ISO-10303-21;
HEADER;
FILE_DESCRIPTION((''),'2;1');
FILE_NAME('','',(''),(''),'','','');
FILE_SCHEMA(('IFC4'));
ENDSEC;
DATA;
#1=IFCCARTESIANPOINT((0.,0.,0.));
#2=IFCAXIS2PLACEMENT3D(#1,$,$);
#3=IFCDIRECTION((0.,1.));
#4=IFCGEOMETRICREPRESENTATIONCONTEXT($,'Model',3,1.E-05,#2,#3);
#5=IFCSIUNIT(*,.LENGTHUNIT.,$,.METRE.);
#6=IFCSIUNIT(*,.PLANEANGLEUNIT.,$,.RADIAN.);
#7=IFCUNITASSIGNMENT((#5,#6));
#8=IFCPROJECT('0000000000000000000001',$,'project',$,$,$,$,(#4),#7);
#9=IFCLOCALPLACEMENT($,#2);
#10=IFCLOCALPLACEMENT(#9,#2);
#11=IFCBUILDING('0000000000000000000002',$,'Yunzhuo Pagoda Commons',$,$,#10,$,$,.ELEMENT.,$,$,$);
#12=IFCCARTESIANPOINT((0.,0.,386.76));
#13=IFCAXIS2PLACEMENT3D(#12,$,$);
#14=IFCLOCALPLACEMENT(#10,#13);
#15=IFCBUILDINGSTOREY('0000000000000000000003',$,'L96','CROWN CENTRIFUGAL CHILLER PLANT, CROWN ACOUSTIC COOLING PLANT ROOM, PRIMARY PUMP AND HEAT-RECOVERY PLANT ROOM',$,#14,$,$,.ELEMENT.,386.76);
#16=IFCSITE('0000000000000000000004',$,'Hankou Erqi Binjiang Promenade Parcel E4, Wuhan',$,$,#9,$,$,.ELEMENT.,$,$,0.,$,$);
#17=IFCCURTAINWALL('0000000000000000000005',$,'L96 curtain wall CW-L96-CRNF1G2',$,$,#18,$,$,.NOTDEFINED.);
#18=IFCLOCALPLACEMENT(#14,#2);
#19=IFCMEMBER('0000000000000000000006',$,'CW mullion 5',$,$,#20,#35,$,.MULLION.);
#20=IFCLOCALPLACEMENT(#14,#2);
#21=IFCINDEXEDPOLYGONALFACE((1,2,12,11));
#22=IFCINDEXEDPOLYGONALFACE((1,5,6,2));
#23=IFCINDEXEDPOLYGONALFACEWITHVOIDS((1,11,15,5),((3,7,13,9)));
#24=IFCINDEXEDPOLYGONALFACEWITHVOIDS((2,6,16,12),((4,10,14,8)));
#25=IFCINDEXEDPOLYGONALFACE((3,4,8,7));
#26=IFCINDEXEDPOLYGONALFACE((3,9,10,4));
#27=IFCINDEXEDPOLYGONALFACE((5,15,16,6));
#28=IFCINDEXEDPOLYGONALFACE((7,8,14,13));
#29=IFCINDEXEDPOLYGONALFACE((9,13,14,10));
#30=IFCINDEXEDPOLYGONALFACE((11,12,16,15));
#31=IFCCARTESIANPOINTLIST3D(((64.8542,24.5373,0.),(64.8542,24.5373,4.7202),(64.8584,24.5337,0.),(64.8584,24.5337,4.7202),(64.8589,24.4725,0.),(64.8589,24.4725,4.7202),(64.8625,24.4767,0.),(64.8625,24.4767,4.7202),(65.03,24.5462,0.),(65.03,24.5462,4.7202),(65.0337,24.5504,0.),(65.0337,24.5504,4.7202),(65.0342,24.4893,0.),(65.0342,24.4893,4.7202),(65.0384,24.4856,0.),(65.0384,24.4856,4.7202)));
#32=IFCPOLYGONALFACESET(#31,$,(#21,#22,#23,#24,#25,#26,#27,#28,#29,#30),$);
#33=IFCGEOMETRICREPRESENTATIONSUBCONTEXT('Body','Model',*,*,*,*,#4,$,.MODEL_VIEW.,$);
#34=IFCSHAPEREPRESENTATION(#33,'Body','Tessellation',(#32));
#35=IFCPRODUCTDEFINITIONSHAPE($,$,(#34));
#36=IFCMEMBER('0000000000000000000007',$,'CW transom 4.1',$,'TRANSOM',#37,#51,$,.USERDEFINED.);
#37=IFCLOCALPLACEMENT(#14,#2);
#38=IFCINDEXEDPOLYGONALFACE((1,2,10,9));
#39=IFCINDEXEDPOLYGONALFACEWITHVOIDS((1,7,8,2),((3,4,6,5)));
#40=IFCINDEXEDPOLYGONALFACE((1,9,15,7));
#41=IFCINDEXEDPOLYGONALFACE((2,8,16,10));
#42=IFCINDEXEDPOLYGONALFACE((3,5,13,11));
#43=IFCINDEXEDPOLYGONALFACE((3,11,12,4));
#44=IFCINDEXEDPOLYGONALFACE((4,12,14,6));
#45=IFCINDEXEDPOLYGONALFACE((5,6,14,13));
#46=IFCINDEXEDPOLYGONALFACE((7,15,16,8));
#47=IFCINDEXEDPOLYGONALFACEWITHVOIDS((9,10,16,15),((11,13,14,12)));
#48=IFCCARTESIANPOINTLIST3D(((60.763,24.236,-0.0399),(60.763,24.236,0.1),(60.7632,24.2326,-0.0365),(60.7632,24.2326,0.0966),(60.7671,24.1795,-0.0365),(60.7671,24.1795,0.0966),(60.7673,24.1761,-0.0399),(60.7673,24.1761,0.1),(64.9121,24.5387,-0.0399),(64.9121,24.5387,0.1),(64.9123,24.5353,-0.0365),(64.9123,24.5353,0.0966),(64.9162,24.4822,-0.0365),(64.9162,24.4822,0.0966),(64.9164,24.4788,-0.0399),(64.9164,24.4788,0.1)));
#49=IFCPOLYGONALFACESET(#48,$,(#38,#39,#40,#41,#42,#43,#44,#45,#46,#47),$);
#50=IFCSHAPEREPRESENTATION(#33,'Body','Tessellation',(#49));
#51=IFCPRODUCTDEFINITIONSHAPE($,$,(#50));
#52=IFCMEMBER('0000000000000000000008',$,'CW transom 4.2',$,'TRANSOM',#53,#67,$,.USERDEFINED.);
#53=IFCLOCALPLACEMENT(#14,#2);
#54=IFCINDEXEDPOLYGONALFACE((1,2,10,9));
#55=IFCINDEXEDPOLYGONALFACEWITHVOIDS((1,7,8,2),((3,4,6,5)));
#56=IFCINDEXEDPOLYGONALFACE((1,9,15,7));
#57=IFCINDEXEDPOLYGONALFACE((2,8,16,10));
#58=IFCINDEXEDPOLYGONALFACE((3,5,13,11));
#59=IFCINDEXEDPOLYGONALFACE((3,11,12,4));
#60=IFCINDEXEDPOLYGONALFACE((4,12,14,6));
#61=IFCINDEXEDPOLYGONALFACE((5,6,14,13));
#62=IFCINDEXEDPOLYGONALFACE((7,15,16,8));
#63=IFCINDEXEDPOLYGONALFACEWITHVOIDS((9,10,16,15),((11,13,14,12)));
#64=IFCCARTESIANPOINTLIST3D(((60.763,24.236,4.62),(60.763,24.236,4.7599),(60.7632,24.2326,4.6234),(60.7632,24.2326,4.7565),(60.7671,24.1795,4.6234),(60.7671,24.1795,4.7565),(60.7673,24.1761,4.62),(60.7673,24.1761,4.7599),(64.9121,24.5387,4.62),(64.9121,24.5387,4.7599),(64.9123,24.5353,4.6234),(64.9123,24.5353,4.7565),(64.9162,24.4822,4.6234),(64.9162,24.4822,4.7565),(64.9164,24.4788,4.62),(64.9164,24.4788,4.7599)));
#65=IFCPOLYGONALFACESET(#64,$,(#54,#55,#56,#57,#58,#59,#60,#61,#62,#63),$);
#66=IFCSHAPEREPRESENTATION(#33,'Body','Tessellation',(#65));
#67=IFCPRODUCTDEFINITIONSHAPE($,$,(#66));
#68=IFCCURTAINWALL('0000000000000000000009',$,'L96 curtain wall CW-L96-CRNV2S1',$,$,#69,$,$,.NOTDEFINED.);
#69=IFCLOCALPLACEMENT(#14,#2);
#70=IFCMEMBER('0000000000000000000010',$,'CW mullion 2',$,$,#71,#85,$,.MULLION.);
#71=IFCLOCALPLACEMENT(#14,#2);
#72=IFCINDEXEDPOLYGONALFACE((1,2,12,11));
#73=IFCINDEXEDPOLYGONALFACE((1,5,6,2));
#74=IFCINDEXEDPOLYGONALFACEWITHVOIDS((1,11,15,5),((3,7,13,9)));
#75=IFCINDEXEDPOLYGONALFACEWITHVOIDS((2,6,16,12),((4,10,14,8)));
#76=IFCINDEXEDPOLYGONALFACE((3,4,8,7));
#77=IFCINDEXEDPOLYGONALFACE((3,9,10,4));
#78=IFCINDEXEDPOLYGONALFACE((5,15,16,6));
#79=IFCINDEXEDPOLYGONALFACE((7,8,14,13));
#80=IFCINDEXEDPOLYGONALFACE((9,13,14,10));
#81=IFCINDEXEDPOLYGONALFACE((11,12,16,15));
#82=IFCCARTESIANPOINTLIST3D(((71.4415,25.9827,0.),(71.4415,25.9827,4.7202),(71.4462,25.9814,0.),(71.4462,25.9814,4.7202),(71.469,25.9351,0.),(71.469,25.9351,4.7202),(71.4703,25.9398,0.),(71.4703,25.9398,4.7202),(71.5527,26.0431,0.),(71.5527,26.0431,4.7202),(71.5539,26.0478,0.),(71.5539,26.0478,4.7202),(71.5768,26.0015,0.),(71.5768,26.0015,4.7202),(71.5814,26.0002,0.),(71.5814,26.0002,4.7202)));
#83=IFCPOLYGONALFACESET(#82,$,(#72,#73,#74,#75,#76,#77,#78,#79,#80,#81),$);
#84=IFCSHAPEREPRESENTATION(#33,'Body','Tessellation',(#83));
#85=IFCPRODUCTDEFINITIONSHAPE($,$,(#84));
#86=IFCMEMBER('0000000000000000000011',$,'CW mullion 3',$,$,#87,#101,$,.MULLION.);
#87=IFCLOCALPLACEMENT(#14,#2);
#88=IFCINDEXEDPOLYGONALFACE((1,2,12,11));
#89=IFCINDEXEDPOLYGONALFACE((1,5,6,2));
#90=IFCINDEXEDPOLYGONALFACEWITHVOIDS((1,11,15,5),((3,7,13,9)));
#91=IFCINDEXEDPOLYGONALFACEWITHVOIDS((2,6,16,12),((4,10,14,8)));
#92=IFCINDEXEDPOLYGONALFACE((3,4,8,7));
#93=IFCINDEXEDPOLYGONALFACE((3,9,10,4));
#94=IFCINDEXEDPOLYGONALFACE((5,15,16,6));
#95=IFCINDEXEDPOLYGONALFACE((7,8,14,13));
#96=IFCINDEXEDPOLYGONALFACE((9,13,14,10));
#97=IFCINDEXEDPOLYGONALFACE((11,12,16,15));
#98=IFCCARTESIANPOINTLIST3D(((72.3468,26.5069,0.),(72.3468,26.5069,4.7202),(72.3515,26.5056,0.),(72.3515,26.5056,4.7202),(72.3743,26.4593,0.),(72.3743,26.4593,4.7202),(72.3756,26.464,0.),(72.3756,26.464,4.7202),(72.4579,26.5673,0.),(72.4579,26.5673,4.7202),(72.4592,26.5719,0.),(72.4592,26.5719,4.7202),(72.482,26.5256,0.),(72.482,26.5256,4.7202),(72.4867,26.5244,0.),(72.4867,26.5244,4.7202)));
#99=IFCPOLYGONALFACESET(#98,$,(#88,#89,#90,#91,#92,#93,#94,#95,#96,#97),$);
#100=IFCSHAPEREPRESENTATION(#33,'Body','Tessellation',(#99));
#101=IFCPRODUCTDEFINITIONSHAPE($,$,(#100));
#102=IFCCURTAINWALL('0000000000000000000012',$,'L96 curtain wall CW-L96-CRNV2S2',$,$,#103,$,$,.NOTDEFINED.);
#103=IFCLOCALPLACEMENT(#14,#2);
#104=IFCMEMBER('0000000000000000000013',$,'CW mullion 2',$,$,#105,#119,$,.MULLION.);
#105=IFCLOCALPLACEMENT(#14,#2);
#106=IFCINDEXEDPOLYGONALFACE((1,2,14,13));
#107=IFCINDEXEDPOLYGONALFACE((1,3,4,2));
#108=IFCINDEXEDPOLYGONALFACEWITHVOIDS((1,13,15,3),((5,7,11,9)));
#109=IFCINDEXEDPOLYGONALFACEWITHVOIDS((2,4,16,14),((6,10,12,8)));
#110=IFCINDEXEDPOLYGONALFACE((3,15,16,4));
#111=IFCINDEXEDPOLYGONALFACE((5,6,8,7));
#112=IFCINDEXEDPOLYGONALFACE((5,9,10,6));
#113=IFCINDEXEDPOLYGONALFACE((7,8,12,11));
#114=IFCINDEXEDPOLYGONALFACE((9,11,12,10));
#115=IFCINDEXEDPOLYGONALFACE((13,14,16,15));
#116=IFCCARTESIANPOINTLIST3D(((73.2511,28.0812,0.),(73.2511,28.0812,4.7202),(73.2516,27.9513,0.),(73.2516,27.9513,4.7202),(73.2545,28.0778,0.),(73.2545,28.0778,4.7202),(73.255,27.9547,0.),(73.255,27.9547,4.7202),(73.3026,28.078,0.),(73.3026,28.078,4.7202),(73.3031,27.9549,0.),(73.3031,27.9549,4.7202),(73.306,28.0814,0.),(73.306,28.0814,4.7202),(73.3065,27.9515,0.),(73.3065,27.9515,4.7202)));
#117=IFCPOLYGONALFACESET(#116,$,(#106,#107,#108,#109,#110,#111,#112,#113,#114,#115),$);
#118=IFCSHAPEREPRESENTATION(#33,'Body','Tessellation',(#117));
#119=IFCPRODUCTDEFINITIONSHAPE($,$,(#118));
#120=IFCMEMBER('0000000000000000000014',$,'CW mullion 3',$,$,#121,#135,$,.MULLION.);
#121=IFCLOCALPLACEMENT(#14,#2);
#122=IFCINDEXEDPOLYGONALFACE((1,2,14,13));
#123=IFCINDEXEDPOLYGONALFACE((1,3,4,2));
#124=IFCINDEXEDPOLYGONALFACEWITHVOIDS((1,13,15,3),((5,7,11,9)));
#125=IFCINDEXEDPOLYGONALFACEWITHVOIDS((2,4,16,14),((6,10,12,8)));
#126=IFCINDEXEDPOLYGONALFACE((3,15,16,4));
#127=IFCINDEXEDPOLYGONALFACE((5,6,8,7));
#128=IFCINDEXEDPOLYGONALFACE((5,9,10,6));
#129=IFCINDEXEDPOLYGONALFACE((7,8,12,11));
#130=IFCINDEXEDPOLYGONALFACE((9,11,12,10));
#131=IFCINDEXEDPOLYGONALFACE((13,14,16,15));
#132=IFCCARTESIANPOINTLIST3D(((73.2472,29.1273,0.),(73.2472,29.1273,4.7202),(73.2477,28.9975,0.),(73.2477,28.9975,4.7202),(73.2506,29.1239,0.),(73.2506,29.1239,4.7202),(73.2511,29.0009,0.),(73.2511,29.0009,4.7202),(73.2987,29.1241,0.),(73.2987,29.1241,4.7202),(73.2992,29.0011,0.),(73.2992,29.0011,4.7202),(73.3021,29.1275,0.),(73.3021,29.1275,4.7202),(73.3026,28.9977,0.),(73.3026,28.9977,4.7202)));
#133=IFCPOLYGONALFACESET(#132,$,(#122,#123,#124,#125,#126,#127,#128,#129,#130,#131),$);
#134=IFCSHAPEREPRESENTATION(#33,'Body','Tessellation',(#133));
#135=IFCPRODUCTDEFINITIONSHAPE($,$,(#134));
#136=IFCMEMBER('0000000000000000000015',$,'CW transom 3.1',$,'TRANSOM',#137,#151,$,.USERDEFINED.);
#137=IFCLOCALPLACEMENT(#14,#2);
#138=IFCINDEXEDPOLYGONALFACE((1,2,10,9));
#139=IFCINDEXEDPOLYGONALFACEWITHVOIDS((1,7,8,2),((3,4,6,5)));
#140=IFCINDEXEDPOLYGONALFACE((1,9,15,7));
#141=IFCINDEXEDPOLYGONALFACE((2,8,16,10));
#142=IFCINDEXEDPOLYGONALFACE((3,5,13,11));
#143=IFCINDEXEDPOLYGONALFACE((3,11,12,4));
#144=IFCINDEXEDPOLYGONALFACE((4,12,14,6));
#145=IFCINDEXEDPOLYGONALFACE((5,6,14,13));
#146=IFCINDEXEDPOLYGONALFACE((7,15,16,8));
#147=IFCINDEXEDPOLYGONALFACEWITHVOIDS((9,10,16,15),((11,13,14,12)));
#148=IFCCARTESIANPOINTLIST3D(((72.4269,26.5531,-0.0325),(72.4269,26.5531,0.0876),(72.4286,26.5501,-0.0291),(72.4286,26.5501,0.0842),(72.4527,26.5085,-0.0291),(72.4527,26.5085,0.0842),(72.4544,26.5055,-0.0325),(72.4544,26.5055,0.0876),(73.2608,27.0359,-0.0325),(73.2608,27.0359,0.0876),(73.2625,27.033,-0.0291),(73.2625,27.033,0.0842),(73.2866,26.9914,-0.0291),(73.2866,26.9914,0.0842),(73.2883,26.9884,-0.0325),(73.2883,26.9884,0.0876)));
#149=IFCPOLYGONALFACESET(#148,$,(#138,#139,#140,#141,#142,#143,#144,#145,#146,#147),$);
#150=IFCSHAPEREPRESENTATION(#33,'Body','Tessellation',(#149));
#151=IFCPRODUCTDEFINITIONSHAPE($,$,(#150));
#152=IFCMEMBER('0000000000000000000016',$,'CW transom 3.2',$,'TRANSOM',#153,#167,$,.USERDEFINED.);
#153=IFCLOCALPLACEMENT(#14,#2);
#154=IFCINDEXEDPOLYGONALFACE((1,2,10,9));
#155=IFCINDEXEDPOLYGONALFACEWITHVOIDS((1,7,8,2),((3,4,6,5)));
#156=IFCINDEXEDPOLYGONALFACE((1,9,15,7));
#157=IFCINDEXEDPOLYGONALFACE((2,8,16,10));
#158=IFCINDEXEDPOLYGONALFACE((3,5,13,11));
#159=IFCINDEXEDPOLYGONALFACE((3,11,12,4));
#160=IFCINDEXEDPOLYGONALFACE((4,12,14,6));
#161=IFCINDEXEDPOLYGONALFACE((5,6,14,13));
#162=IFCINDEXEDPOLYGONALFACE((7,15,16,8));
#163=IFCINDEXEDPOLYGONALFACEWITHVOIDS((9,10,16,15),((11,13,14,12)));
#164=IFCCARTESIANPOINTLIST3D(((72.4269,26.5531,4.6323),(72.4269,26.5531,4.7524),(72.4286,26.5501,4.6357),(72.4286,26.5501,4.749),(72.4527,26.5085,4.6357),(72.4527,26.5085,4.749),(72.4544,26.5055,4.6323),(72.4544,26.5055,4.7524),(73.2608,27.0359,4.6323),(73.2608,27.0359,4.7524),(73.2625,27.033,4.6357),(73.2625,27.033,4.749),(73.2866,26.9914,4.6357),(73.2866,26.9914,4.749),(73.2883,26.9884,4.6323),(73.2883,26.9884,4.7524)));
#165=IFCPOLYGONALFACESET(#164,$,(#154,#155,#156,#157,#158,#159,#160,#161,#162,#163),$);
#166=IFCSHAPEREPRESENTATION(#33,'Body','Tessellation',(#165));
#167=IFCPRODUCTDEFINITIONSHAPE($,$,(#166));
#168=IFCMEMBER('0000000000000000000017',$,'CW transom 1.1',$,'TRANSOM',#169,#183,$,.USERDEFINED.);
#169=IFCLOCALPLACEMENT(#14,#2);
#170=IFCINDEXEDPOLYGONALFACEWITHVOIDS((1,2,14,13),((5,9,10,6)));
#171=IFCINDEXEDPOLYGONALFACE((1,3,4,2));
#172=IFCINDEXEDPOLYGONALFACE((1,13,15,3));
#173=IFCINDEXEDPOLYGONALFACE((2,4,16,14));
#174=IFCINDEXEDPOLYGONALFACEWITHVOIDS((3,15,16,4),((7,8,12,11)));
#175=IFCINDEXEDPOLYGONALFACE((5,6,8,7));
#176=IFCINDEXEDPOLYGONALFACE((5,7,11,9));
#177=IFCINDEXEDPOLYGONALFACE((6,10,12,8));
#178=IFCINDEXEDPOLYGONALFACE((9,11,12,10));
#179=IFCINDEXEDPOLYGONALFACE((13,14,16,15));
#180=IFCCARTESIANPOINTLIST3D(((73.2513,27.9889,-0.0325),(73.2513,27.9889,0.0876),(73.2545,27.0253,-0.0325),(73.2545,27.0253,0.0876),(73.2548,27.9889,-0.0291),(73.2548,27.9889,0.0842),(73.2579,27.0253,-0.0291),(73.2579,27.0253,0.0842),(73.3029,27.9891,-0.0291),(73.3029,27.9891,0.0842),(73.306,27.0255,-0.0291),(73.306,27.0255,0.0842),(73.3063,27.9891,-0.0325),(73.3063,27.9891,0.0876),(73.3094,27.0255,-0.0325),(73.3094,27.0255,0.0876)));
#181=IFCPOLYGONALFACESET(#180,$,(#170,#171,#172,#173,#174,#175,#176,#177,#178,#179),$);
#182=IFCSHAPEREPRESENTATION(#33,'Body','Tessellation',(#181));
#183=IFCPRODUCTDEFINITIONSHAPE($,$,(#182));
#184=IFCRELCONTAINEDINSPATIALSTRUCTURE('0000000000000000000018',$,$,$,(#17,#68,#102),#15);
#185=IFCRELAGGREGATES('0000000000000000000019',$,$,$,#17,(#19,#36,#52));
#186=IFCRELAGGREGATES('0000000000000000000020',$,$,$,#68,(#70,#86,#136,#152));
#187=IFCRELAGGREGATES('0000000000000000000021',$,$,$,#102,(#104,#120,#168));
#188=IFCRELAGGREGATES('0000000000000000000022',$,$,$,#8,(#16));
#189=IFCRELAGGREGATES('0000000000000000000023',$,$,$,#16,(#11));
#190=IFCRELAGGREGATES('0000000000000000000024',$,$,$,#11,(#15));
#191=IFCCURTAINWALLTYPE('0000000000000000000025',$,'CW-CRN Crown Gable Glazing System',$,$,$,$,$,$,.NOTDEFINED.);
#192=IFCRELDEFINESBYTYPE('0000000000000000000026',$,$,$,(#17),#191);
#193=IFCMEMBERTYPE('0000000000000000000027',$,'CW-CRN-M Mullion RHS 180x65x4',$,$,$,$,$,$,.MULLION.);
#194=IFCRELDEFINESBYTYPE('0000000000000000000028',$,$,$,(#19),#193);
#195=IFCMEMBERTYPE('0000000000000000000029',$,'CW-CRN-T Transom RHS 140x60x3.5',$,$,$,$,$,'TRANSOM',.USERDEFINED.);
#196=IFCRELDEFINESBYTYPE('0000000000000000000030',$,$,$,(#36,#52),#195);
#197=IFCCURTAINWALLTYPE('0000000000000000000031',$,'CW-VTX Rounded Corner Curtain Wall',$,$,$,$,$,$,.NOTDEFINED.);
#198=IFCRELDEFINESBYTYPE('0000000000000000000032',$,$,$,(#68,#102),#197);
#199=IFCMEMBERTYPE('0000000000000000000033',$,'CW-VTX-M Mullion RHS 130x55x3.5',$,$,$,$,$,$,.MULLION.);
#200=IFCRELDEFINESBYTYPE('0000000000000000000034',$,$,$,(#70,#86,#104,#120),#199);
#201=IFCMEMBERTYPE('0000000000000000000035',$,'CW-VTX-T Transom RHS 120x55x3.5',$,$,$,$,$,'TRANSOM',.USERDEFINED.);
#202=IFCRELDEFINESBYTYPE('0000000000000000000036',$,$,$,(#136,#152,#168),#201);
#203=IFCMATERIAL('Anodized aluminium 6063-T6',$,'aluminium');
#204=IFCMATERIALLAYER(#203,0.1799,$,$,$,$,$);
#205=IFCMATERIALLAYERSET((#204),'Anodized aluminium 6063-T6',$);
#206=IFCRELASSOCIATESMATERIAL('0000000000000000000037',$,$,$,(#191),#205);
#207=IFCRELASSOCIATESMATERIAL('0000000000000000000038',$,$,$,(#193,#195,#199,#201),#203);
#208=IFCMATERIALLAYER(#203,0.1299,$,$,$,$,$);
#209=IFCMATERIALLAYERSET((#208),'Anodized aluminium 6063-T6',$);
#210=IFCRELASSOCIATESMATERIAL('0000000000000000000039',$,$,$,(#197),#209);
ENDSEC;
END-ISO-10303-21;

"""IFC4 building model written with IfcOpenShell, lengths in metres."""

from ifc_helpers import new_model, si_unit, direction, frame, origin, origin_2d, place, context, subcontext, project, spatial, hollow_rectangle, extrude, source, transform, mapped, material, layer, layer_set, material_profile, profile_set, type_object, element, aggregate, save


model = new_model("IFC4")

# Units and contexts
model_context = context("Model", 3, precision=1e-05, world=origin(), true_north=direction((0.0, 1.0)))
body_context = subcontext(model_context, "Body", "Model", "MODEL_VIEW")
ifc_project = project(units=[si_unit("LENGTHUNIT", "METRE"), si_unit("PLANEANGLEUNIT", "RADIAN")], contexts=[model_context])

# Site, building, storey
site_placement = place(None, origin())
site = spatial("IfcSite", under=ifc_project, at=site_placement, Name="Hankou Erqi Binjiang Promenade Parcel E4, Wuhan", CompositionType="ELEMENT", RefElevation=0.0)
building_placement = place(site_placement, origin())
building = spatial("IfcBuilding", under=site, at=building_placement, Name="Yunzhuo Pagoda Commons", CompositionType="ELEMENT")
storey_placement = place(building_placement, frame((0.0, 0.0, 386.76)))
storey = spatial("IfcBuildingStorey", under=building, at=storey_placement, Name="L96", Description="CROWN CENTRIFUGAL CHILLER PLANT, CROWN ACOUSTIC COOLING PLANT ROOM, PRIMARY PUMP AND HEAT-RECOVERY PLANT ROOM", CompositionType="ELEMENT", Elevation=386.76)

# Curtain walls, members
ifc_material_1 = material(Name="Anodized aluminium 6063-T6", Category="aluminium")
ifc_layer_1 = layer(ifc_material_1, 0.1799)
ifc_layer_set_1 = layer_set([ifc_layer_1], Name="Anodized aluminium 6063-T6")
curtain_wall_type_1 = type_object("IfcCurtainWallType", Name="CW-CRN Crown Gable Glazing System", PredefinedType="NOTDEFINED", material=ifc_layer_set_1)
curtain_wall_1_placement = place(storey_placement, origin())
curtain_wall_1 = element("IfcCurtainWall", 1, at=curtain_wall_1_placement, inside=storey, type_object=curtain_wall_type_1, Name="L96 curtain wall CW-L96-CRNF1G2", PredefinedType="NOTDEFINED")
ifc_material_profile_1 = material_profile(ifc_material_1, hollow_rectangle(XDim=0.0649, YDim=0.1799, WallThickness=0.0039, at=origin_2d()), Name="Anodized aluminium 6063-T6")
ifc_profile_set_1 = profile_set([ifc_material_profile_1], Name="Anodized aluminium 6063-T6")
member_type_1 = type_object("IfcMemberType", Name="CW-CRN-M Mullion RHS 180x65x4", PredefinedType="MULLION", material=ifc_profile_set_1)
shared_shape_1 = source(origin(), body_context, "Body", "SweptSolid", [
    extrude(hollow_rectangle(XDim=0.0649, YDim=0.1799, WallThickness=0.0039, at=origin_2d()), origin(), (0.0, 0.0, 1.0), 4.7202),
])
member_1_placement = place(storey_placement, frame((64.9463, 24.5115, 0.0), z_axis=(0.0, 0.0, 1.0), x_axis=(-0.072796, 0.997347, 0.0)))
member_1 = element("IfcMember", 2, at=member_1_placement, type_object=member_type_1, Name="CW mullion 5", PredefinedType="MULLION", context=body_context, shape_type="MappedRepresentation", body=[
    mapped(shared_shape_1, transform((0.0, 0.0, 0.0), scale=1.0)),
])
ifc_material_profile_2 = material_profile(ifc_material_1, hollow_rectangle(XDim=0.0601, YDim=0.1399, WallThickness=0.0034, at=origin_2d()), Name="Anodized aluminium 6063-T6")
ifc_profile_set_2 = profile_set([ifc_material_profile_2], Name="Anodized aluminium 6063-T6")
member_type_2 = type_object("IfcMemberType", Name="CW-CRN-T Transom RHS 140x60x3.5", ElementType="TRANSOM", PredefinedType="USERDEFINED", material=ifc_profile_set_2)
shared_shape_2 = source(origin(), body_context, "Body", "SweptSolid", [
    extrude(hollow_rectangle(XDim=0.0601, YDim=0.1399, WallThickness=0.0034, at=origin_2d()), origin(), (0.0, 0.0, 1.0), 4.1602),
])
member_2_placement = place(storey_placement, frame((60.7651, 24.2061, 0.03), z_axis=(0.997349, 0.072769, 0.0), x_axis=(-0.072769, 0.997349, 0.0)))
member_2 = element("IfcMember", 3, at=member_2_placement, type_object=member_type_2, Name="CW transom 4.1", ObjectType="TRANSOM", PredefinedType="USERDEFINED", context=body_context, shape_type="MappedRepresentation", body=[
    mapped(shared_shape_2, transform((0.0, 0.0, 0.0), scale=1.0)),
])
member_3_placement = place(storey_placement, frame((60.7651, 24.2061, 4.6899), z_axis=(0.997349, 0.072769, 0.0), x_axis=(-0.072769, 0.997349, 0.0)))
member_3 = element("IfcMember", 4, at=member_3_placement, type_object=member_type_2, Name="CW transom 4.2", ObjectType="TRANSOM", PredefinedType="USERDEFINED", context=body_context, shape_type="MappedRepresentation", body=[
    mapped(shared_shape_2, transform((0.0, 0.0, 0.0), scale=1.0)),
])
ifc_layer_2 = layer(ifc_material_1, 0.1299)
ifc_layer_set_2 = layer_set([ifc_layer_2], Name="Anodized aluminium 6063-T6")
curtain_wall_type_2 = type_object("IfcCurtainWallType", Name="CW-VTX Rounded Corner Curtain Wall", PredefinedType="NOTDEFINED", material=ifc_layer_set_2)
curtain_wall_2_placement = place(storey_placement, origin())
curtain_wall_2 = element("IfcCurtainWall", 5, at=curtain_wall_2_placement, inside=storey, type_object=curtain_wall_type_2, Name="L96 curtain wall CW-L96-CRNV2S1", PredefinedType="NOTDEFINED")
ifc_material_profile_3 = material_profile(ifc_material_1, hollow_rectangle(XDim=0.0549, YDim=0.1299, WallThickness=0.0034, at=origin_2d()), Name="Anodized aluminium 6063-T6")
ifc_profile_set_3 = profile_set([ifc_material_profile_3], Name="Anodized aluminium 6063-T6")
member_type_3 = type_object("IfcMemberType", Name="CW-VTX-M Mullion RHS 130x55x3.5", PredefinedType="MULLION", material=ifc_profile_set_3)
shared_shape_3 = source(origin(), body_context, "Body", "SweptSolid", [
    extrude(hollow_rectangle(XDim=0.0549, YDim=0.1299, WallThickness=0.0034, at=origin_2d()), origin(), (0.0, 0.0, 1.0), 4.7202),
])
member_4_placement = place(storey_placement, frame((71.5115, 25.9915, 0.0), z_axis=(0.0, 0.0, 1.0), x_axis=(-0.501041, 0.865423, 0.0)))
member_4 = element("IfcMember", 6, at=member_4_placement, type_object=member_type_3, Name="CW mullion 2", PredefinedType="MULLION", context=body_context, shape_type="MappedRepresentation", body=[
    mapped(shared_shape_3, transform((0.0, 0.0, 0.0), scale=1.0)),
])
member_5_placement = place(storey_placement, frame((72.4167, 26.5156, 0.0), z_axis=(0.0, 0.0, 1.0), x_axis=(-0.501041, 0.865423, 0.0)))
member_5 = element("IfcMember", 7, at=member_5_placement, type_object=member_type_3, Name="CW mullion 3", PredefinedType="MULLION", context=body_context, shape_type="MappedRepresentation", body=[
    mapped(shared_shape_3, transform((0.0, 0.0, 0.0), scale=1.0)),
])
curtain_wall_3_placement = place(storey_placement, origin())
curtain_wall_3 = element("IfcCurtainWall", 8, at=curtain_wall_3_placement, inside=storey, type_object=curtain_wall_type_2, Name="L96 curtain wall CW-L96-CRNV2S2", PredefinedType="NOTDEFINED")
member_6_placement = place(storey_placement, frame((73.2788, 28.0164, 0.0), z_axis=(0.0, 0.0, 1.0), x_axis=(-0.999994, -0.003569, 0.0)))
member_6 = element("IfcMember", 9, at=member_6_placement, type_object=member_type_3, Name="CW mullion 2", PredefinedType="MULLION", context=body_context, shape_type="MappedRepresentation", body=[
    mapped(shared_shape_3, transform((0.0, 0.0, 0.0), scale=1.0)),
])
member_7_placement = place(storey_placement, frame((73.2749, 29.0625, 0.0), z_axis=(0.0, 0.0, 1.0), x_axis=(-0.999994, -0.003569, 0.0)))
member_7 = element("IfcMember", 10, at=member_7_placement, type_object=member_type_3, Name="CW mullion 3", PredefinedType="MULLION", context=body_context, shape_type="MappedRepresentation", body=[
    mapped(shared_shape_3, transform((0.0, 0.0, 0.0), scale=1.0)),
])

# Members
ifc_material_profile_4 = material_profile(ifc_material_1, hollow_rectangle(XDim=0.0549, YDim=0.1201, WallThickness=0.0034, at=origin_2d()), Name="Anodized aluminium 6063-T6")
ifc_profile_set_4 = profile_set([ifc_material_profile_4], Name="Anodized aluminium 6063-T6")
member_type_4 = type_object("IfcMemberType", Name="CW-VTX-T Transom RHS 120x55x3.5", ElementType="TRANSOM", PredefinedType="USERDEFINED", material=ifc_profile_set_4)
shared_shape_4 = source(origin(), body_context, "Body", "SweptSolid", [
    extrude(hollow_rectangle(XDim=0.0549, YDim=0.1201, WallThickness=0.0034, at=origin_2d()), origin(), (0.0, 0.0, 1.0), 0.9636),
])
member_8_placement = place(storey_placement, frame((72.4407, 26.5293, 0.0276), z_axis=(0.865392, 0.501096, 0.0), x_axis=(-0.501096, 0.865392, 0.0)))
member_8 = element("IfcMember", 11, at=member_8_placement, type_object=member_type_4, Name="CW transom 3.1", ObjectType="TRANSOM", PredefinedType="USERDEFINED", context=body_context, shape_type="MappedRepresentation", body=[
    mapped(shared_shape_4, transform((0.0, 0.0, 0.0), scale=1.0)),
])
member_9_placement = place(storey_placement, frame((72.4407, 26.5293, 4.6924), z_axis=(0.865392, 0.501096, 0.0), x_axis=(-0.501096, 0.865392, 0.0)))
member_9 = element("IfcMember", 12, at=member_9_placement, type_object=member_type_4, Name="CW transom 3.2", ObjectType="TRANSOM", PredefinedType="USERDEFINED", context=body_context, shape_type="MappedRepresentation", body=[
    mapped(shared_shape_4, transform((0.0, 0.0, 0.0), scale=1.0)),
])
member_10_placement = place(storey_placement, frame((73.282, 27.0254, 0.0276), z_axis=(-0.003294, 0.999995, 0.0), x_axis=(-0.999995, -0.003294, 0.0)))
member_10 = element("IfcMember", 13, at=member_10_placement, type_object=member_type_4, Name="CW transom 1.1", ObjectType="TRANSOM", PredefinedType="USERDEFINED", context=body_context, shape_type="MappedRepresentation", body=[
    mapped(shared_shape_4, transform((0.0, 0.0, 0.0), scale=1.0)),
])

aggregate(curtain_wall_1, [member_1, member_2, member_3])
aggregate(curtain_wall_2, [member_4, member_5, member_8, member_9])
aggregate(curtain_wall_3, [member_6, member_7, member_10])

save(model, "model.ifc")
